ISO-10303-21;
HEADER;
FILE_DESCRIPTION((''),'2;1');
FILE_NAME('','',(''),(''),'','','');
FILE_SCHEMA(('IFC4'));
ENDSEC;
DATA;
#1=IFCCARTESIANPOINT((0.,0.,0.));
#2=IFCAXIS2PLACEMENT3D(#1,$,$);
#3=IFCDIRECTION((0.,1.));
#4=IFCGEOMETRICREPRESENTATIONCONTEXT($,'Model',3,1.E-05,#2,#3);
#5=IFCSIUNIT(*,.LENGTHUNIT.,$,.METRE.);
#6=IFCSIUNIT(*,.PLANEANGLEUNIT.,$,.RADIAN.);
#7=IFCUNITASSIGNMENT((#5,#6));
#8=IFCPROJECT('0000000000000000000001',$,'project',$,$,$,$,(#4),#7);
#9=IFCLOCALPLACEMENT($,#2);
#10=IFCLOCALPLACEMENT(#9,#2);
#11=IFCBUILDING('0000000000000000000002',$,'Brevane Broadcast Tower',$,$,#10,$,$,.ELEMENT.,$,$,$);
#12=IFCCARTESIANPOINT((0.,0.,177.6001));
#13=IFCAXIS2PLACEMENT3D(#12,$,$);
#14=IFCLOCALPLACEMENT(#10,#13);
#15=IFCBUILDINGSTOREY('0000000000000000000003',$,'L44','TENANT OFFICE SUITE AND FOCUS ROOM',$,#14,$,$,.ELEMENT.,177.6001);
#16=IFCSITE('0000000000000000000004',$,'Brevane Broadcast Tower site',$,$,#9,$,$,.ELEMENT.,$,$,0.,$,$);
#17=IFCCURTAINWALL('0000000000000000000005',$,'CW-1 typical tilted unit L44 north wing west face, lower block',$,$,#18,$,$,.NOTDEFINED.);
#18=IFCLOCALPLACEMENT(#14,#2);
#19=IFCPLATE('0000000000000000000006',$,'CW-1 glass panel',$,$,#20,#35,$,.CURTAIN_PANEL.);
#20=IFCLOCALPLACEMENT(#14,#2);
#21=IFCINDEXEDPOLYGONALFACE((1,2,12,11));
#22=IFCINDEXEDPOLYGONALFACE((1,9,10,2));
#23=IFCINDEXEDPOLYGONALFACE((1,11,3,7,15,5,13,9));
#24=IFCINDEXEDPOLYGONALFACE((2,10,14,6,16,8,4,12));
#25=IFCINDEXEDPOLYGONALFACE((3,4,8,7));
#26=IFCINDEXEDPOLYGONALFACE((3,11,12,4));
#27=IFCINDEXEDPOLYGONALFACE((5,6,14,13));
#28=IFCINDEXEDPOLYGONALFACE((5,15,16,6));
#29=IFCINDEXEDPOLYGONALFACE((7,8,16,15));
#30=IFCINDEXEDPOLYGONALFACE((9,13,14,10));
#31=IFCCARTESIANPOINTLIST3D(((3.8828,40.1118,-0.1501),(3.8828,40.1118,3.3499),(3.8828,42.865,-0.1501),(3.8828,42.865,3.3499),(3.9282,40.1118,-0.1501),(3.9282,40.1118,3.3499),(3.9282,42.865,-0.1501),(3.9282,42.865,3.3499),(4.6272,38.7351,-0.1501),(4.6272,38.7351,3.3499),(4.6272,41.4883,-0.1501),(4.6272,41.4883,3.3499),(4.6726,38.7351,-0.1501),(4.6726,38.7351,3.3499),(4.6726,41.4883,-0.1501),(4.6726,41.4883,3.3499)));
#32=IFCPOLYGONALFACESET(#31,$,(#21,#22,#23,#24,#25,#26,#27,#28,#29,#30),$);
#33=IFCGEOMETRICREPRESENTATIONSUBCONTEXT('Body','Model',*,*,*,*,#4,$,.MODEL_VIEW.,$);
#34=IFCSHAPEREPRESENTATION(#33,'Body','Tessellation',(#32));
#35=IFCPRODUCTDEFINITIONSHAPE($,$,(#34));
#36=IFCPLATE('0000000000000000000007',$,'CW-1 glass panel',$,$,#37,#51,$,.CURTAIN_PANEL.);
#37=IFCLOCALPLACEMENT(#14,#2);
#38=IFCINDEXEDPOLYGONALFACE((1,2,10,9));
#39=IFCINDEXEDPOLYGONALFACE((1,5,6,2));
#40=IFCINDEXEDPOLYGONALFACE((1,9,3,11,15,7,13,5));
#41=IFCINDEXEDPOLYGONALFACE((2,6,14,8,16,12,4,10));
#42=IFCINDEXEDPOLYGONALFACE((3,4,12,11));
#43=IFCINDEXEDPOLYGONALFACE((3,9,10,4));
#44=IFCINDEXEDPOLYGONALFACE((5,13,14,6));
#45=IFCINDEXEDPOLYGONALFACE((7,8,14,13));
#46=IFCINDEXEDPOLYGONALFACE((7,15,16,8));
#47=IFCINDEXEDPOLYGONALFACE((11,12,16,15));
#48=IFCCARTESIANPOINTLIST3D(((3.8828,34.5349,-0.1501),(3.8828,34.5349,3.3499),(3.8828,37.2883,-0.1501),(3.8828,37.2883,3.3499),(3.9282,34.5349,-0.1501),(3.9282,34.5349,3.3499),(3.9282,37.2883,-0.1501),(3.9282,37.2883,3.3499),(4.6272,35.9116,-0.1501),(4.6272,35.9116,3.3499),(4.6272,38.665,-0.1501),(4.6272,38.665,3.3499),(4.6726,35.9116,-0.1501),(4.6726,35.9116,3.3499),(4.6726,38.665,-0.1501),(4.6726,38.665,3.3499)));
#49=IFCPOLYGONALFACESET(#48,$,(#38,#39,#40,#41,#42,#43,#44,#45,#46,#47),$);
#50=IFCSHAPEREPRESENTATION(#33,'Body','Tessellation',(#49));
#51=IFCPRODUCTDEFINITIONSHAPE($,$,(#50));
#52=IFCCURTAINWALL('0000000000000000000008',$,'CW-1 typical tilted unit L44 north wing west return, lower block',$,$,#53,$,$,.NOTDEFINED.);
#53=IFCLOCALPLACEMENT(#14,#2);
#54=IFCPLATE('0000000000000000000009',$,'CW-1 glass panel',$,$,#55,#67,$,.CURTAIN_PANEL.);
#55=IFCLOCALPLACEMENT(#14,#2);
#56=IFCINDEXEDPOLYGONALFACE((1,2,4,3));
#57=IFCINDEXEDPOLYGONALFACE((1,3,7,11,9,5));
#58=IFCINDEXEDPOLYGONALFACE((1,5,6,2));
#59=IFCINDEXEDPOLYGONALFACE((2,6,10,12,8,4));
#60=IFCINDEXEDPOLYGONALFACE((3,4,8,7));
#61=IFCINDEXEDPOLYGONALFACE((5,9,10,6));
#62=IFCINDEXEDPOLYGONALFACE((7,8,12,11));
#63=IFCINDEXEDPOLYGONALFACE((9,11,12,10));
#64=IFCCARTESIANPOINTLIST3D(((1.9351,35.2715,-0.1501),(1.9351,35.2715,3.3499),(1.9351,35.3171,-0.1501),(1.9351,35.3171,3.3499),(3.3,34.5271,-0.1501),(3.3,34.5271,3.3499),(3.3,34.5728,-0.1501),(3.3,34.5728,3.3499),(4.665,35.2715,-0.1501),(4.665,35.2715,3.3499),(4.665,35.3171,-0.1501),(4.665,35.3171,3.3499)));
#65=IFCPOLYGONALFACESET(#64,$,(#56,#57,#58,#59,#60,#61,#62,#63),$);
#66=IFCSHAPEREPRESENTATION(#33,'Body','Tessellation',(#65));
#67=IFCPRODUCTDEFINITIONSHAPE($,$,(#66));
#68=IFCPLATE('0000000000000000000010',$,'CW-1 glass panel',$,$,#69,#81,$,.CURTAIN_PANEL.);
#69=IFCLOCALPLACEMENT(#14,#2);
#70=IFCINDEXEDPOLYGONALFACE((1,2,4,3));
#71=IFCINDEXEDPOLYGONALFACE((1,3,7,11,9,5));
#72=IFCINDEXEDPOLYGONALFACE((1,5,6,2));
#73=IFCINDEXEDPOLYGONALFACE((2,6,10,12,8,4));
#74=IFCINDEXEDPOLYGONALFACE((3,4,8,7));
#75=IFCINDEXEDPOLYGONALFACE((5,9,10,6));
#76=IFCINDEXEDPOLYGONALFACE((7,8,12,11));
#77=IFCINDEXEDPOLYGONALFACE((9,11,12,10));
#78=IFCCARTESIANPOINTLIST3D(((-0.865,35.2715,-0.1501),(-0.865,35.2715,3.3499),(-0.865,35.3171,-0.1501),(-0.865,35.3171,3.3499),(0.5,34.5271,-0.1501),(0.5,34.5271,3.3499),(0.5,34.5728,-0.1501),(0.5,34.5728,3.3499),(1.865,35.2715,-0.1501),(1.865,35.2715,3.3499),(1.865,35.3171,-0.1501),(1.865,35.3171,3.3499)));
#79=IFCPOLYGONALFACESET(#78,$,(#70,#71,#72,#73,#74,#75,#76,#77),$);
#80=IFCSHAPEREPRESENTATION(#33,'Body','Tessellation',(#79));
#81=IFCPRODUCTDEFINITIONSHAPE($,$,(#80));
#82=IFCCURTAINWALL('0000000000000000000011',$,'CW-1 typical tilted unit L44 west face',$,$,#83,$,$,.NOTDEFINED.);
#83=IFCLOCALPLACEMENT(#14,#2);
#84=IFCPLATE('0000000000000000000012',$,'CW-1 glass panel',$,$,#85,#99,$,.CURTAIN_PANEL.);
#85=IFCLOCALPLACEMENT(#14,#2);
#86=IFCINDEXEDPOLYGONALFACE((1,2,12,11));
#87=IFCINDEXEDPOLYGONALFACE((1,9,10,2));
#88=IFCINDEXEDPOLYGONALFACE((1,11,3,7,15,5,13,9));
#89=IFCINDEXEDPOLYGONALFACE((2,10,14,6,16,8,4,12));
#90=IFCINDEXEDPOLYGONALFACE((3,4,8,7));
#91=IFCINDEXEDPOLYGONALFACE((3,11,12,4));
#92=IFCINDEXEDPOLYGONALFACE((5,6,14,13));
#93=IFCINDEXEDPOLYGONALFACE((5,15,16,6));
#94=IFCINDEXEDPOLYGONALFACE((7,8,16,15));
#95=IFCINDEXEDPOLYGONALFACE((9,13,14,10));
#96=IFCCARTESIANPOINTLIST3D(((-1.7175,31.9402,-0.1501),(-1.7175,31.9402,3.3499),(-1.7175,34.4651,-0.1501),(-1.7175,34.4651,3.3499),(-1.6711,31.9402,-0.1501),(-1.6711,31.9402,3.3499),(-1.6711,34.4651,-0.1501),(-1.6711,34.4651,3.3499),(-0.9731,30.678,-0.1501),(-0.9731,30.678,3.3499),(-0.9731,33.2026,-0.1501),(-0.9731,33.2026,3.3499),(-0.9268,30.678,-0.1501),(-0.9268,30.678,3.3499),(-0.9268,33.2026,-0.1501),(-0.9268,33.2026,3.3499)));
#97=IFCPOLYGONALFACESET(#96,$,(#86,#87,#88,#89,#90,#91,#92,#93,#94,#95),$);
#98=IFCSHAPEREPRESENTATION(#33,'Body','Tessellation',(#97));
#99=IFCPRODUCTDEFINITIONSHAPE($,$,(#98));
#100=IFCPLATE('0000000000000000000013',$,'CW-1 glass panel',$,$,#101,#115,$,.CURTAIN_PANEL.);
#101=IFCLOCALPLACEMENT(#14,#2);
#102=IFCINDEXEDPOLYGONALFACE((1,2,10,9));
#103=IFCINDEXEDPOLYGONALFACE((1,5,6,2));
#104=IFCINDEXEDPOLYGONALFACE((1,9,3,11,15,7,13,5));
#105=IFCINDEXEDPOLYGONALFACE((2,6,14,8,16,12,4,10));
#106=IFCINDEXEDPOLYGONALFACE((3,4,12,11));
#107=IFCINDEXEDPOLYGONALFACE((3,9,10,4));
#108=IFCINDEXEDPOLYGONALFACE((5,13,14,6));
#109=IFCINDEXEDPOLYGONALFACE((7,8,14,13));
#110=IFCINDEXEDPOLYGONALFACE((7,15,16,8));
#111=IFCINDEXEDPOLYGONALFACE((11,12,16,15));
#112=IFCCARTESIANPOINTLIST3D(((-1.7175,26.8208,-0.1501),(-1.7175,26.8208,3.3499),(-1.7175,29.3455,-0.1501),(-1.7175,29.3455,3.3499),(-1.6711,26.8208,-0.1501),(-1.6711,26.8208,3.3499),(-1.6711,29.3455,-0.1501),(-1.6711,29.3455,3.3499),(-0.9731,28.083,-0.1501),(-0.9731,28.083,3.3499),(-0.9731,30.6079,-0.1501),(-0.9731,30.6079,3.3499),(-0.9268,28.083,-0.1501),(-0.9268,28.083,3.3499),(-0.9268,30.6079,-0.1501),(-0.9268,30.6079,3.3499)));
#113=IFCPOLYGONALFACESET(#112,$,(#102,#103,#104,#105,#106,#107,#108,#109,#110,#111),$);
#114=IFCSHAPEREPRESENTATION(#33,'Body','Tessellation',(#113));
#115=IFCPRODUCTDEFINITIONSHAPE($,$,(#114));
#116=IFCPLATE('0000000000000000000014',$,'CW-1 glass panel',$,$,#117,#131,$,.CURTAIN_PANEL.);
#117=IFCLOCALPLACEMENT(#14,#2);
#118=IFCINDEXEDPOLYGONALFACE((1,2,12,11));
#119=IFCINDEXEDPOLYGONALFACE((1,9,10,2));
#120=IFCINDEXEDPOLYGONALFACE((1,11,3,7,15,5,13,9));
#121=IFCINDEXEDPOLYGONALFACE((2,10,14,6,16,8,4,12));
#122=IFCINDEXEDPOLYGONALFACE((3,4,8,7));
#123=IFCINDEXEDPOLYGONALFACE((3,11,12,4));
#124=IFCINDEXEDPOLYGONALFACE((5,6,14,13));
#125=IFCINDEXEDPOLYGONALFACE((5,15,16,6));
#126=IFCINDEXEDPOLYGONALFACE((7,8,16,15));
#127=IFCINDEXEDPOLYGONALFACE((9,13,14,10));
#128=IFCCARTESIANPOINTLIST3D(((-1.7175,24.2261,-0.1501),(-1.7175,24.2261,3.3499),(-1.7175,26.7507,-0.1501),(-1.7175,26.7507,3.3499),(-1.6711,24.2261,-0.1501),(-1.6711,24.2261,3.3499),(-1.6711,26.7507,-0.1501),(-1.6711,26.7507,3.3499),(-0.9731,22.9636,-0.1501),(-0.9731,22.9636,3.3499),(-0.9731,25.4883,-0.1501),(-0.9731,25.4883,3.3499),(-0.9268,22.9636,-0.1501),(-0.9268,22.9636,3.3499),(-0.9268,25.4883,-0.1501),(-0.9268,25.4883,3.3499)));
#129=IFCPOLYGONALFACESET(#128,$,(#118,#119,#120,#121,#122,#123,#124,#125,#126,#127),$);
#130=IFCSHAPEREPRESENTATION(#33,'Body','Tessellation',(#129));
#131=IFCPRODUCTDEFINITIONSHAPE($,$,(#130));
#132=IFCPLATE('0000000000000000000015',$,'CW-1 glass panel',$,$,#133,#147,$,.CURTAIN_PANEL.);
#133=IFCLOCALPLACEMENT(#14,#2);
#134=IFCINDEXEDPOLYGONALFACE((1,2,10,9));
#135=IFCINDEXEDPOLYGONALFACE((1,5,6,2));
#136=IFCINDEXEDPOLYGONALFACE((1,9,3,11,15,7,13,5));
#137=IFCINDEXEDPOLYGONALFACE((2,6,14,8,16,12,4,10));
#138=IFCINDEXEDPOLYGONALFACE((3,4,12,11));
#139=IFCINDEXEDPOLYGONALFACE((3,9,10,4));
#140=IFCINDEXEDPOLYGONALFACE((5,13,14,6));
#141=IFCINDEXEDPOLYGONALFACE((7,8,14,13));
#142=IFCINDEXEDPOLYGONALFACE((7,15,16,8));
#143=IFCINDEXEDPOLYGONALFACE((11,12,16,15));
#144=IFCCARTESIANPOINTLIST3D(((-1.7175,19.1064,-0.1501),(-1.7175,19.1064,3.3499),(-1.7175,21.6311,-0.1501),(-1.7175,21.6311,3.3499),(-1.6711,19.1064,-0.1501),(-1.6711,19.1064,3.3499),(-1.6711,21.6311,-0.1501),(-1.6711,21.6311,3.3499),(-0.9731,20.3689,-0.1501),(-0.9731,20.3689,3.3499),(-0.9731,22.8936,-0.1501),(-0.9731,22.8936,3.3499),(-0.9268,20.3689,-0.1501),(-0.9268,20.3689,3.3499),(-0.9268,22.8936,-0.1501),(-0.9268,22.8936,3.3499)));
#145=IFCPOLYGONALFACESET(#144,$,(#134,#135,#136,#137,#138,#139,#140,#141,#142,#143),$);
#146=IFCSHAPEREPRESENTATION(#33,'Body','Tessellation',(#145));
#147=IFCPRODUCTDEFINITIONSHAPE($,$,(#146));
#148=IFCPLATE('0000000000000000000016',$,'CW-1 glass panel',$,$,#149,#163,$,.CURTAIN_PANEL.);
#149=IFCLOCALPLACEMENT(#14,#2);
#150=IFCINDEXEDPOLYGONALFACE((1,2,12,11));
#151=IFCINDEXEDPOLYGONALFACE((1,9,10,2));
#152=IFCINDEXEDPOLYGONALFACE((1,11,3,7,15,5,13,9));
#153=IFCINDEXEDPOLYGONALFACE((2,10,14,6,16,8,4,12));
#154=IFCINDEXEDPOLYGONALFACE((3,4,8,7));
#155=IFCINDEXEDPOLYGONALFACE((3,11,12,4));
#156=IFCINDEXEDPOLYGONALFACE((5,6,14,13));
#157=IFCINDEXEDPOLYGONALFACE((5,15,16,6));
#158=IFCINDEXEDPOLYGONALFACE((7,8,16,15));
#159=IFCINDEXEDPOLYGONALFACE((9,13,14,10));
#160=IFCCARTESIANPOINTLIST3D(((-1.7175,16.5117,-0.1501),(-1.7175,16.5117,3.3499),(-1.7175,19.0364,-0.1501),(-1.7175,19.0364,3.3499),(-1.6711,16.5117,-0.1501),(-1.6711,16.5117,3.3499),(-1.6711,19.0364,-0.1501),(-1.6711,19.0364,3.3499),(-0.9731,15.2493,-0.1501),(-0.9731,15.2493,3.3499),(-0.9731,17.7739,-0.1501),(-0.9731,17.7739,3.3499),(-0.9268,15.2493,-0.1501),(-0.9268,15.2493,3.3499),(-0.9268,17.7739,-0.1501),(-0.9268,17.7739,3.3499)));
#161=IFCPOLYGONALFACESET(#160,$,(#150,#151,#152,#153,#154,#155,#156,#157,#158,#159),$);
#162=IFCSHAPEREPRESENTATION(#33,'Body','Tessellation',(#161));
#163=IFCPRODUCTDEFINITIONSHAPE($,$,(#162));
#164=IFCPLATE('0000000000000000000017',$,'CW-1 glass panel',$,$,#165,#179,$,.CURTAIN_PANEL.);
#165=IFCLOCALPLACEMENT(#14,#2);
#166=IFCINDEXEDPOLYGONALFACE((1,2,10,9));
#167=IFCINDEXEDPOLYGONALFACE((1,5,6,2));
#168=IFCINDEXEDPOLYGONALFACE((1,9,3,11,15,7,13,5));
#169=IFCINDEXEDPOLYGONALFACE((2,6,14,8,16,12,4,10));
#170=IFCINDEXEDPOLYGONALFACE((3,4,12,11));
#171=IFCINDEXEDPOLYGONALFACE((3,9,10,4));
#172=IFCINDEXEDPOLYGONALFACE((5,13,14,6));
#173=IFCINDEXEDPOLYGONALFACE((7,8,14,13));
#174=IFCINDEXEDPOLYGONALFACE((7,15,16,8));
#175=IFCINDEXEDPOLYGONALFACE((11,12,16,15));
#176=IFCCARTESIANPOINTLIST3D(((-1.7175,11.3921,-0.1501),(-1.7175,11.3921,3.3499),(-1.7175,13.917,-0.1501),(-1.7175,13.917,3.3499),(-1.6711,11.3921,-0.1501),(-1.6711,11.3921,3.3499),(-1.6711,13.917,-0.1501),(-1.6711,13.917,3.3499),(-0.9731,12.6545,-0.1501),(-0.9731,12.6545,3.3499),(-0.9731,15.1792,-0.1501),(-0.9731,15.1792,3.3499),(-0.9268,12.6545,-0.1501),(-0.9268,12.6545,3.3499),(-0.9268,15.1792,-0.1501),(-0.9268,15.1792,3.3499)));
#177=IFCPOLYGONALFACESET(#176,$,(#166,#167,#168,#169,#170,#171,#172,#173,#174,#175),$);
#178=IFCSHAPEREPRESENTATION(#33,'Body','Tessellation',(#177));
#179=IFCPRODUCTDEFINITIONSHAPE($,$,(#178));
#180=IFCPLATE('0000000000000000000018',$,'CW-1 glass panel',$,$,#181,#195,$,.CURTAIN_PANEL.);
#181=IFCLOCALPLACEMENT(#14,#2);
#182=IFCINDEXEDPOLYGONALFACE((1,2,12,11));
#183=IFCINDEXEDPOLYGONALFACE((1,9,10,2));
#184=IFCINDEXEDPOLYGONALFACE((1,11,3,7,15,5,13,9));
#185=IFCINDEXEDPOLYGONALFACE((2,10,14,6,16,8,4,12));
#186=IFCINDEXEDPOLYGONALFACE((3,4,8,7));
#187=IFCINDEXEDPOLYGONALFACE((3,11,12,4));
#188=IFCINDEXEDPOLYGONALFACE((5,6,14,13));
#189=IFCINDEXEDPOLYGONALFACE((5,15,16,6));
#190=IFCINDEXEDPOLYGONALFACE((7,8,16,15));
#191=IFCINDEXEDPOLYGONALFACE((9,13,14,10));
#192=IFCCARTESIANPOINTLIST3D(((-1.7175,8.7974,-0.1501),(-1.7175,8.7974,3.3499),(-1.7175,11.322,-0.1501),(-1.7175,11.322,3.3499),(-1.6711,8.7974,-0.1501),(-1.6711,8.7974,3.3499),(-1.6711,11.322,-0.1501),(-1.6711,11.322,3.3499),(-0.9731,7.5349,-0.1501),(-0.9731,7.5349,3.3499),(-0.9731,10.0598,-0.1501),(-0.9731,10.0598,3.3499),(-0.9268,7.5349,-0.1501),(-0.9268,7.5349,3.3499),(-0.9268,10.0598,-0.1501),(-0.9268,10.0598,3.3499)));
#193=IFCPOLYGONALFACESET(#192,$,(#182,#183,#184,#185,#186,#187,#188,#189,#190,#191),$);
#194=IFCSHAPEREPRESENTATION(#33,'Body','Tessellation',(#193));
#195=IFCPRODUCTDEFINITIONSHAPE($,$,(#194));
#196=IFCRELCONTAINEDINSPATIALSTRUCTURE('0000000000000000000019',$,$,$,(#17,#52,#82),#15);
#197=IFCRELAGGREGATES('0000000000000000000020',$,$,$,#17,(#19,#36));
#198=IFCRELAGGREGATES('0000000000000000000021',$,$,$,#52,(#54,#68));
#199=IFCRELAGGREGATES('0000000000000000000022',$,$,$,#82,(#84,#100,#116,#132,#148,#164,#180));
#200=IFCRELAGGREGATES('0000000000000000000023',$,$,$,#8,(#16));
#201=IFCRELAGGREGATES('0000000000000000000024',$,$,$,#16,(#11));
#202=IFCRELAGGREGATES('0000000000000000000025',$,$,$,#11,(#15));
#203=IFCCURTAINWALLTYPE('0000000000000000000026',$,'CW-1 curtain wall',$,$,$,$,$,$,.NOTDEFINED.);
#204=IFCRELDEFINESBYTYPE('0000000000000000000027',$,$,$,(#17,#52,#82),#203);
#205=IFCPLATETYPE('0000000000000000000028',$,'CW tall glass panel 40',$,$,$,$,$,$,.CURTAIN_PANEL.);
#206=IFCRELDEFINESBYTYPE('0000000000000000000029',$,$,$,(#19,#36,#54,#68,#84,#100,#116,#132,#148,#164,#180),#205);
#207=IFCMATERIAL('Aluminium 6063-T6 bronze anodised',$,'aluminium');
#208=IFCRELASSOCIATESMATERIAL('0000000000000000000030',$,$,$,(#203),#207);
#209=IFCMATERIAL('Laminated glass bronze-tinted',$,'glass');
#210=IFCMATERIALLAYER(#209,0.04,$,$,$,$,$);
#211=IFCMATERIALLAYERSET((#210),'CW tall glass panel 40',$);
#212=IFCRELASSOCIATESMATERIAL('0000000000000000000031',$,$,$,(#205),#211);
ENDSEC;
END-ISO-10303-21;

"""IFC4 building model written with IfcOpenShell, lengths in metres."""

from ifc_helpers import new_model, si_unit, direction, frame, origin, place, context, subcontext, project, spatial, polyline, outline, extrude, material, layer, layer_set, type_object, element, aggregate, save


model = new_model("IFC4")

# Units and contexts
model_context = context("Model", 3, precision=1e-05, world=origin(), true_north=direction((0.0, 1.0)))
body_context = subcontext(model_context, "Body", "Model", "MODEL_VIEW")
ifc_project = project(units=[si_unit("LENGTHUNIT", "METRE"), si_unit("PLANEANGLEUNIT", "RADIAN")], contexts=[model_context])

# Site, building, storey
site_placement = place(None, origin())
site = spatial("IfcSite", under=ifc_project, at=site_placement, Name="Brevane Broadcast Tower site", CompositionType="ELEMENT", RefElevation=0.0)
building_placement = place(site_placement, origin())
building = spatial("IfcBuilding", under=site, at=building_placement, Name="Brevane Broadcast Tower", CompositionType="ELEMENT")
storey_placement = place(building_placement, frame((0.0, 0.0, 177.6001)))
storey = spatial("IfcBuildingStorey", under=building, at=storey_placement, Name="L44", Description="TENANT OFFICE SUITE AND FOCUS ROOM", CompositionType="ELEMENT", Elevation=177.6001)

# Curtain walls, plates
ifc_material_1 = material(Name="Aluminium 6063-T6 bronze anodised", Category="aluminium")
curtain_wall_type = type_object("IfcCurtainWallType", Name="CW-1 curtain wall", PredefinedType="NOTDEFINED", material=ifc_material_1)
curtain_wall_1_placement = place(storey_placement, origin())
curtain_wall_1 = element("IfcCurtainWall", 1, at=curtain_wall_1_placement, inside=storey, type_object=curtain_wall_type, Name="CW-1 typical tilted unit L44 north wing west face, lower block", PredefinedType="NOTDEFINED")
ifc_material_2 = material(Name="Laminated glass bronze-tinted", Category="glass")
ifc_layer_1 = layer(ifc_material_2, 0.04)
ifc_layer_set_1 = layer_set([ifc_layer_1], Name="CW tall glass panel 40")
plate_type = type_object("IfcPlateType", Name="CW tall glass panel 40", PredefinedType="CURTAIN_PANEL", material=ifc_layer_set_1)
plate_1_placement = place(storey_placement, frame((0.0, 0.0, -0.1501)))
plate_1 = element("IfcPlate", 2, at=plate_1_placement, type_object=plate_type, Name="CW-1 glass panel", PredefinedType="CURTAIN_PANEL", context=body_context, shape_type="SweptSolid", body=[
    extrude(outline(polyline([(3.9282, 42.865), (3.8828, 42.865), (4.6272, 41.4883), (3.8828, 40.1118), (4.6272, 38.7351), (4.6726, 38.7351), (3.9282, 40.1118), (4.6726, 41.4883), (3.9282, 42.865)])), origin(), (0.0, 0.0, 1.0), 3.5),
])
plate_2_placement = place(storey_placement, frame((0.0, 0.0, -0.1501)))
plate_2 = element("IfcPlate", 3, at=plate_2_placement, type_object=plate_type, Name="CW-1 glass panel", PredefinedType="CURTAIN_PANEL", context=body_context, shape_type="SweptSolid", body=[
    extrude(outline(polyline([(4.6726, 38.665), (4.6272, 38.665), (3.8828, 37.2883), (4.6272, 35.9116), (3.8828, 34.5349), (3.9282, 34.5349), (4.6726, 35.9116), (3.9282, 37.2883), (4.6726, 38.665)])), origin(), (0.0, 0.0, 1.0), 3.5),
])
aggregate(curtain_wall_1, [plate_1, plate_2])
curtain_wall_2_placement = place(storey_placement, origin())
curtain_wall_2 = element("IfcCurtainWall", 4, at=curtain_wall_2_placement, inside=storey, type_object=curtain_wall_type, Name="CW-1 typical tilted unit L44 north wing west return, lower block", PredefinedType="NOTDEFINED")
plate_3_placement = place(storey_placement, frame((0.0, 0.0, -0.1501)))
plate_3 = element("IfcPlate", 5, at=plate_3_placement, type_object=plate_type, Name="CW-1 glass panel", PredefinedType="CURTAIN_PANEL", context=body_context, shape_type="SweptSolid", body=[
    extrude(outline(polyline([(4.665, 35.2715), (4.665, 35.3171), (3.3, 34.5728), (1.9351, 35.3171), (1.9351, 35.2715), (3.3, 34.5271), (4.665, 35.2715)])), origin(), (0.0, 0.0, 1.0), 3.5),
])
plate_4_placement = place(storey_placement, frame((0.0, 0.0, -0.1501)))
plate_4 = element("IfcPlate", 6, at=plate_4_placement, type_object=plate_type, Name="CW-1 glass panel", PredefinedType="CURTAIN_PANEL", context=body_context, shape_type="SweptSolid", body=[
    extrude(outline(polyline([(1.865, 35.2715), (1.865, 35.3171), (0.5, 34.5728), (-0.865, 35.3171), (-0.865, 35.2715), (0.5, 34.5271), (1.865, 35.2715)])), origin(), (0.0, 0.0, 1.0), 3.5),
])
aggregate(curtain_wall_2, [plate_3, plate_4])
curtain_wall_3_placement = place(storey_placement, origin())
curtain_wall_3 = element("IfcCurtainWall", 7, at=curtain_wall_3_placement, inside=storey, type_object=curtain_wall_type, Name="CW-1 typical tilted unit L44 west face", PredefinedType="NOTDEFINED")
plate_5_placement = place(storey_placement, frame((0.0, 0.0, -0.1501)))
plate_5 = element("IfcPlate", 8, at=plate_5_placement, type_object=plate_type, Name="CW-1 glass panel", PredefinedType="CURTAIN_PANEL", context=body_context, shape_type="SweptSolid", body=[
    extrude(outline(polyline([(-1.6711, 34.4651), (-1.7175, 34.4651), (-0.9731, 33.2026), (-1.7175, 31.9402), (-0.9731, 30.678), (-0.9268, 30.678), (-1.6711, 31.9402), (-0.9268, 33.2026), (-1.6711, 34.4651)])), origin(), (0.0, 0.0, 1.0), 3.5),
])
plate_6_placement = place(storey_placement, frame((0.0, 0.0, -0.1501)))
plate_6 = element("IfcPlate", 9, at=plate_6_placement, type_object=plate_type, Name="CW-1 glass panel", PredefinedType="CURTAIN_PANEL", context=body_context, shape_type="SweptSolid", body=[
    extrude(outline(polyline([(-0.9268, 30.6079), (-0.9731, 30.6079), (-1.7175, 29.3455), (-0.9731, 28.083), (-1.7175, 26.8208), (-1.6711, 26.8208), (-0.9268, 28.083), (-1.6711, 29.3455), (-0.9268, 30.6079)])), origin(), (0.0, 0.0, 1.0), 3.5),
])
plate_7_placement = place(storey_placement, frame((0.0, 0.0, -0.1501)))
plate_7 = element("IfcPlate", 10, at=plate_7_placement, type_object=plate_type, Name="CW-1 glass panel", PredefinedType="CURTAIN_PANEL", context=body_context, shape_type="SweptSolid", body=[
    extrude(outline(polyline([(-1.6711, 26.7507), (-1.7175, 26.7507), (-0.9731, 25.4883), (-1.7175, 24.2261), (-0.9731, 22.9636), (-0.9268, 22.9636), (-1.6711, 24.2261), (-0.9268, 25.4883), (-1.6711, 26.7507)])), origin(), (0.0, 0.0, 1.0), 3.5),
])
plate_8_placement = place(storey_placement, frame((0.0, 0.0, -0.1501)))
plate_8 = element("IfcPlate", 11, at=plate_8_placement, type_object=plate_type, Name="CW-1 glass panel", PredefinedType="CURTAIN_PANEL", context=body_context, shape_type="SweptSolid", body=[
    extrude(outline(polyline([(-0.9268, 22.8936), (-0.9731, 22.8936), (-1.7175, 21.6311), (-0.9731, 20.3689), (-1.7175, 19.1064), (-1.6711, 19.1064), (-0.9268, 20.3689), (-1.6711, 21.6311), (-0.9268, 22.8936)])), origin(), (0.0, 0.0, 1.0), 3.5),
])
plate_9_placement = place(storey_placement, frame((0.0, 0.0, -0.1501)))
plate_9 = element("IfcPlate", 12, at=plate_9_placement, type_object=plate_type, Name="CW-1 glass panel", PredefinedType="CURTAIN_PANEL", context=body_context, shape_type="SweptSolid", body=[
    extrude(outline(polyline([(-1.6711, 19.0364), (-1.7175, 19.0364), (-0.9731, 17.7739), (-1.7175, 16.5117), (-0.9731, 15.2493), (-0.9268, 15.2493), (-1.6711, 16.5117), (-0.9268, 17.7739), (-1.6711, 19.0364)])), origin(), (0.0, 0.0, 1.0), 3.5),
])
plate_10_placement = place(storey_placement, frame((0.0, 0.0, -0.1501)))
plate_10 = element("IfcPlate", 13, at=plate_10_placement, type_object=plate_type, Name="CW-1 glass panel", PredefinedType="CURTAIN_PANEL", context=body_context, shape_type="SweptSolid", body=[
    extrude(outline(polyline([(-0.9268, 15.1792), (-0.9731, 15.1792), (-1.7175, 13.917), (-0.9731, 12.6545), (-1.7175, 11.3921), (-1.6711, 11.3921), (-0.9268, 12.6545), (-1.6711, 13.917), (-0.9268, 15.1792)])), origin(), (0.0, 0.0, 1.0), 3.5),
])
plate_11_placement = place(storey_placement, frame((0.0, 0.0, -0.1501)))
plate_11 = element("IfcPlate", 14, at=plate_11_placement, type_object=plate_type, Name="CW-1 glass panel", PredefinedType="CURTAIN_PANEL", context=body_context, shape_type="SweptSolid", body=[
    extrude(outline(polyline([(-1.6711, 11.322), (-1.7175, 11.322), (-0.9731, 10.0598), (-1.7175, 8.7974), (-0.9731, 7.5349), (-0.9268, 7.5349), (-1.6711, 8.7974), (-0.9268, 10.0598), (-1.6711, 11.322)])), origin(), (0.0, 0.0, 1.0), 3.5),
])
aggregate(curtain_wall_3, [plate_5, plate_6, plate_7, plate_8, plate_9, plate_10, plate_11])

save(model, "model.ifc")
